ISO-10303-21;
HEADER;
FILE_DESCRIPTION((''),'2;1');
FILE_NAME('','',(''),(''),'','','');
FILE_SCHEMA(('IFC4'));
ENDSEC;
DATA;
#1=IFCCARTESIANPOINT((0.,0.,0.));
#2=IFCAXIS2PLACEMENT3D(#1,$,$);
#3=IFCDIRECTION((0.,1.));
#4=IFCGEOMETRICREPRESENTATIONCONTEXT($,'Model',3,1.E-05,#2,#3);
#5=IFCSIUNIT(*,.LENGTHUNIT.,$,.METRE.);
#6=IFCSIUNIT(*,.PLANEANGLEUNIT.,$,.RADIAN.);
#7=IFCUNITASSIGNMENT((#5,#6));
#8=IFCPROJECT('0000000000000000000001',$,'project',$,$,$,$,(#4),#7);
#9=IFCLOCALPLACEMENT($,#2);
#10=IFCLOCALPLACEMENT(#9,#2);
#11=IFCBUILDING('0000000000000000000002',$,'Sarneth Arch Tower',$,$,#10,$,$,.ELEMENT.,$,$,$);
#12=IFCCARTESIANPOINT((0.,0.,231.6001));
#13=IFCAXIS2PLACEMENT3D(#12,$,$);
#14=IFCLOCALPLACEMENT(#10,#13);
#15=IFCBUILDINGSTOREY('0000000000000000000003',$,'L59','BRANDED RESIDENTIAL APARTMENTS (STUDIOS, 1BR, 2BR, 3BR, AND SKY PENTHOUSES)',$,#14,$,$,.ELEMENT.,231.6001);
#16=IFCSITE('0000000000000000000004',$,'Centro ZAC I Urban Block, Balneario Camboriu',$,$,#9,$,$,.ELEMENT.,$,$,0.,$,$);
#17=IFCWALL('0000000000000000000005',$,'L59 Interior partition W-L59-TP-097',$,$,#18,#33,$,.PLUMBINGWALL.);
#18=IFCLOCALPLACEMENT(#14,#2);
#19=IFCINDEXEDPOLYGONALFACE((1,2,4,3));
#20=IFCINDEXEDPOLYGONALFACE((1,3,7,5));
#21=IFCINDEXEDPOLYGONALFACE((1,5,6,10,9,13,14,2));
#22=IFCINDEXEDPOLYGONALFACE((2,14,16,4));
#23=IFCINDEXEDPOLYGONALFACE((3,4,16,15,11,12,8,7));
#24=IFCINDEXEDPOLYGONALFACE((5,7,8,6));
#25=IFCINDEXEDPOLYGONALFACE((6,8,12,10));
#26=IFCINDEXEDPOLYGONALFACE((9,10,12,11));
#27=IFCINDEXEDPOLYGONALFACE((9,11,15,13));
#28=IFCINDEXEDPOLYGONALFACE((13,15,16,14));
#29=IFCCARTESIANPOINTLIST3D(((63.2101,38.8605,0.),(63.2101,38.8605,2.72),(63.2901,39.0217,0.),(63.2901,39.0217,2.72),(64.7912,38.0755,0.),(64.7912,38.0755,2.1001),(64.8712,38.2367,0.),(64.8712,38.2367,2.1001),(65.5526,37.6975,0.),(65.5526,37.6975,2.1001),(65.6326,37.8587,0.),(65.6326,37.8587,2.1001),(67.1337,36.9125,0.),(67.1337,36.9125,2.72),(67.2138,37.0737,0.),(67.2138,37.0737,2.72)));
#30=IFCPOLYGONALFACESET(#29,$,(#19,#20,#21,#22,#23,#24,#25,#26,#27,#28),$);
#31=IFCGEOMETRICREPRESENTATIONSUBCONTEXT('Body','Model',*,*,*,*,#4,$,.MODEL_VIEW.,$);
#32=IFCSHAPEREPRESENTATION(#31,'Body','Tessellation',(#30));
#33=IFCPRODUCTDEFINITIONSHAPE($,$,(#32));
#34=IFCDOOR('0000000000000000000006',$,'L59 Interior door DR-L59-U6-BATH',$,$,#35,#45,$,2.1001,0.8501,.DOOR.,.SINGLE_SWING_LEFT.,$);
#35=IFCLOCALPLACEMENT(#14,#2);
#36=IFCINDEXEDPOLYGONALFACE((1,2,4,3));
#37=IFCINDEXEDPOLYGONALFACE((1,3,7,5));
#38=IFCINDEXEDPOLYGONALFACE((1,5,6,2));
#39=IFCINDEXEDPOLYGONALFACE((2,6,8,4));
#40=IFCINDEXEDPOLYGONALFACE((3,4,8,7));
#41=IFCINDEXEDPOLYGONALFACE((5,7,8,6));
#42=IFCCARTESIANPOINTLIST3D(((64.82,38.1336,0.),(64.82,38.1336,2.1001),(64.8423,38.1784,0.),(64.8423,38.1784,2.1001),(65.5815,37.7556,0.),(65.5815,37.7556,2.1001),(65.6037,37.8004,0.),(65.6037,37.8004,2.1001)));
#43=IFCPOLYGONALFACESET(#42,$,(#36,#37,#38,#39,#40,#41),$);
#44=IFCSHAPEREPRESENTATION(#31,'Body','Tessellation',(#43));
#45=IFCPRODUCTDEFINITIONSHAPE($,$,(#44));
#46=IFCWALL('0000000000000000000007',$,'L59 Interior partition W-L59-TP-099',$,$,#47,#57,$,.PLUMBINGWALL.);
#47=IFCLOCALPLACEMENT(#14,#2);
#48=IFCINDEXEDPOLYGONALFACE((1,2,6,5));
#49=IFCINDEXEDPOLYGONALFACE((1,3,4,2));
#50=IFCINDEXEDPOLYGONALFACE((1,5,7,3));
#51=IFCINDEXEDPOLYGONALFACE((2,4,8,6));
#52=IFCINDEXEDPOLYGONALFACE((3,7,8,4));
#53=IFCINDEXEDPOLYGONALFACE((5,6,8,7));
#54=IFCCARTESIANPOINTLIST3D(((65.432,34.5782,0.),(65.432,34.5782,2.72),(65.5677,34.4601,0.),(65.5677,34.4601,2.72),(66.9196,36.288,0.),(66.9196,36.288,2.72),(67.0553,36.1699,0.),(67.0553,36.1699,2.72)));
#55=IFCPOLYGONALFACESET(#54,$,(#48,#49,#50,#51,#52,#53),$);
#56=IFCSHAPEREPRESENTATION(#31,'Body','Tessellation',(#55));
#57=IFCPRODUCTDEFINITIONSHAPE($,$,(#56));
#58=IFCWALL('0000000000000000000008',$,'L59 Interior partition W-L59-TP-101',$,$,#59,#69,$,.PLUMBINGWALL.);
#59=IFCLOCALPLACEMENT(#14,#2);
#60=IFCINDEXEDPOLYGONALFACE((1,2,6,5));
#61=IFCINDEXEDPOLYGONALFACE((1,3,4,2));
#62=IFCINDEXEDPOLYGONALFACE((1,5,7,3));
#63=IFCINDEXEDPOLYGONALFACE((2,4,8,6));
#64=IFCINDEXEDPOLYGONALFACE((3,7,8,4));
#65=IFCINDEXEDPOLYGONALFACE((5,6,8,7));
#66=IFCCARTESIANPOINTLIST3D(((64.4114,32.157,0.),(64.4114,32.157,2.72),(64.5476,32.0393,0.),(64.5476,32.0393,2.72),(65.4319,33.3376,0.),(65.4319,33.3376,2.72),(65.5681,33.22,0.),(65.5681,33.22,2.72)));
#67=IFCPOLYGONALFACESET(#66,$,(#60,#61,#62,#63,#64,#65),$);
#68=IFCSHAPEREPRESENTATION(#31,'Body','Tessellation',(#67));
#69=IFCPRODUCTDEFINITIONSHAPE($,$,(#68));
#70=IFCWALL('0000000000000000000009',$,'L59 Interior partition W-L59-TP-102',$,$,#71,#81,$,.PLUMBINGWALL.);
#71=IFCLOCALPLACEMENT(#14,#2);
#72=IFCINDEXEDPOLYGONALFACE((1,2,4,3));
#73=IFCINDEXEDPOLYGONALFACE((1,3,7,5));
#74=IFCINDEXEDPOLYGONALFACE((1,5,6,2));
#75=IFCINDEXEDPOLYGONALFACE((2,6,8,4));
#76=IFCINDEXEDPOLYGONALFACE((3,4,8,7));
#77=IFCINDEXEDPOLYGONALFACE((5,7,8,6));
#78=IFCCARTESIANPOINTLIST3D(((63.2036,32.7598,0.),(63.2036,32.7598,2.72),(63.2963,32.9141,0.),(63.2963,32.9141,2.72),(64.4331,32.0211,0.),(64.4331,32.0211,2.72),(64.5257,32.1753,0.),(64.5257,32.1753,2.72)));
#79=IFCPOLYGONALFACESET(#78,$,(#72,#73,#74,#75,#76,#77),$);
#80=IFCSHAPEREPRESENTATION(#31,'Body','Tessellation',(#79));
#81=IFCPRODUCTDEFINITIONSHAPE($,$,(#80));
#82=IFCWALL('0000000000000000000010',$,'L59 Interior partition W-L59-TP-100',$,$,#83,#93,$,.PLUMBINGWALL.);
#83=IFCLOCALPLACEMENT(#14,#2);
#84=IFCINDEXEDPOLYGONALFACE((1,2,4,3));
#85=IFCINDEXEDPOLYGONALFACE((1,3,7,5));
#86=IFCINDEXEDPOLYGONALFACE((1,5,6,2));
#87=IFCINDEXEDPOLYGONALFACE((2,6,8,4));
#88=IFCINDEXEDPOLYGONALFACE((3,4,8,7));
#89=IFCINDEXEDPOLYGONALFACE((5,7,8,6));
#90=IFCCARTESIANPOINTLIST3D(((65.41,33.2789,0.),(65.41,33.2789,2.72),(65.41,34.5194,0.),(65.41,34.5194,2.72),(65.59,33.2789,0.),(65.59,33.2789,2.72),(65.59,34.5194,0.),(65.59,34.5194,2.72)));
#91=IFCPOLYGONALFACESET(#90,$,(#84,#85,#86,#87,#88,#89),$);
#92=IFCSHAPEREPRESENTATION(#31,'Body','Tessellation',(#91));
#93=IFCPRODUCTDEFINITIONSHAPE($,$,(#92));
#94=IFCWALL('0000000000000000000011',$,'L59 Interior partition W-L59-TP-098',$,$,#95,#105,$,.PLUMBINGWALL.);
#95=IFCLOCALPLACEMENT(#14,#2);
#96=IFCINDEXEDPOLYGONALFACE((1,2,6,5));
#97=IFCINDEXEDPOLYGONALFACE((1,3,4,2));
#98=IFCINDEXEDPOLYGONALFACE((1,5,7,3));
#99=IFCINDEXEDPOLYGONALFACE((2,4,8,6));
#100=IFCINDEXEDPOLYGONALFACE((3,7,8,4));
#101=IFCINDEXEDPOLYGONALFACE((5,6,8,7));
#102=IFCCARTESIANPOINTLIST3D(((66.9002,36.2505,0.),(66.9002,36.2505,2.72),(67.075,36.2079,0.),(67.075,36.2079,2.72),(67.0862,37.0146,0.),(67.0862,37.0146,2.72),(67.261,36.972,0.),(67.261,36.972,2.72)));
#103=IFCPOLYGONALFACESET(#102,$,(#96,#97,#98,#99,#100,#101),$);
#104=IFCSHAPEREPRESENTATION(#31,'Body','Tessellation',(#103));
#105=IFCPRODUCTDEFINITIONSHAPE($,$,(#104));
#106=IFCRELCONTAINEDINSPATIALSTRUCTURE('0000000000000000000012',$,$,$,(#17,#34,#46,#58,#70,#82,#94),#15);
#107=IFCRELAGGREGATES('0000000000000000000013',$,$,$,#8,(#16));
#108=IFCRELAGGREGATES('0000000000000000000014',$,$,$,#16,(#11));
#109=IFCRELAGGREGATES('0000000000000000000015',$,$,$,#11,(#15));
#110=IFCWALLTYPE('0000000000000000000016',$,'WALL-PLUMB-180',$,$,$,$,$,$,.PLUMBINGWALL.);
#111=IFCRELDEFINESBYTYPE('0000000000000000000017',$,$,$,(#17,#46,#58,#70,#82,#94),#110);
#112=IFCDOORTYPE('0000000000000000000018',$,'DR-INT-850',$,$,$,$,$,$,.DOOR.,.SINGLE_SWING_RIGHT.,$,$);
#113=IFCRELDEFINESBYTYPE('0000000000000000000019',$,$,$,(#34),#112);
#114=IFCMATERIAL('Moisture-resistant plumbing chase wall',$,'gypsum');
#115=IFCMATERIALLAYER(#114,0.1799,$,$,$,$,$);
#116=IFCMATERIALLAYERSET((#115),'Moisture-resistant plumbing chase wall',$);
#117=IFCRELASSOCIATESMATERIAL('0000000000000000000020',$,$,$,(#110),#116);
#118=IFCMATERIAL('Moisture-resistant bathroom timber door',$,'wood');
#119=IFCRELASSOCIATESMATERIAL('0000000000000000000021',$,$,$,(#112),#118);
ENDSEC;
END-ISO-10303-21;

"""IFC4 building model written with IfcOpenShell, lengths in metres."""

from ifc_helpers import new_model, si_unit, direction, frame, frame_2d, origin, place, context, subcontext, project, spatial, rectangle, extrude, material, layer, layer_set, type_object, element, fill, save


model = new_model("IFC4")

# Units and contexts
model_context = context("Model", 3, precision=1e-05, world=origin(), true_north=direction((0.0, 1.0)))
body_context = subcontext(model_context, "Body", "Model", "MODEL_VIEW")
ifc_project = project(units=[si_unit("LENGTHUNIT", "METRE"), si_unit("PLANEANGLEUNIT", "RADIAN")], contexts=[model_context])

# Site, building, storey
site_placement = place(None, origin())
site = spatial("IfcSite", under=ifc_project, at=site_placement, Name="Centro ZAC I Urban Block, Balneario Camboriu", CompositionType="ELEMENT", RefElevation=0.0)
building_placement = place(site_placement, origin())
building = spatial("IfcBuilding", under=site, at=building_placement, Name="Sarneth Arch Tower", CompositionType="ELEMENT")
storey_placement = place(building_placement, frame((0.0, 0.0, 231.6001)))
storey = spatial("IfcBuildingStorey", under=building, at=storey_placement, Name="L59", Description="BRANDED RESIDENTIAL APARTMENTS (STUDIOS, 1BR, 2BR, 3BR, AND SKY PENTHOUSES)", CompositionType="ELEMENT", Elevation=231.6001)

# Wall, opening, door
ifc_material_1 = material(Name="Moisture-resistant plumbing chase wall", Category="gypsum")
ifc_layer_1 = layer(ifc_material_1, 0.1799)
ifc_layer_set_1 = layer_set([ifc_layer_1], Name="Moisture-resistant plumbing chase wall")
wall_type_1 = type_object("IfcWallType", Name="WALL-PLUMB-180", PredefinedType="PLUMBINGWALL", material=ifc_layer_set_1)
wall_1_placement = place(storey_placement, frame((63.25, 38.9412, 0.0), z_axis=(0.0, 0.0, 1.0), x_axis=(0.895683, -0.444693, 0.0)))
wall_1 = element("IfcWall", 1, at=wall_1_placement, inside=storey, type_object=wall_type_1, Name="L59 Interior partition W-L59-TP-097", PredefinedType="PLUMBINGWALL", context=body_context, shape_type="SweptSolid", body=[
    extrude(rectangle(XDim=4.3806, YDim=0.1799, at=frame_2d((2.1904, 0.0))), origin(), (0.0, 0.0, 1.0), 2.72),
])
opening_1_placement = place(wall_1_placement, frame((1.7654, 0.0, 0.0)))
opening_1 = element("IfcOpeningElement", 2, at=opening_1_placement, cuts=wall_1, PredefinedType="OPENING", context=body_context, shape_type="SweptSolid", body=[
    extrude(rectangle(XDim=0.8501, YDim=2.1001, at=frame_2d((0.425, 1.05))), frame((0.0, 0.0999, 0.0), z_axis=(0.0, -1.0, 0.0), x_axis=(1.0, 0.0, 0.0)), (0.0, 0.0, 1.0), 0.2),
])
ifc_material_2 = material(Name="Moisture-resistant bathroom timber door", Category="wood")
door_type_1 = type_object("IfcDoorType", Name="DR-INT-850", OperationType="SINGLE_SWING_RIGHT", PredefinedType="DOOR", material=ifc_material_2)
door_1_placement = place(opening_1_placement, origin())
door_1 = element("IfcDoor", 3, at=door_1_placement, inside=storey, type_object=door_type_1, Name="L59 Interior door DR-L59-U6-BATH", OperationType="SINGLE_SWING_LEFT", OverallHeight=2.1001, OverallWidth=0.8501, PredefinedType="DOOR", context=body_context, shape_type="SweptSolid", body=[
    extrude(rectangle(XDim=0.8501, YDim=2.1001, at=frame_2d((0.425, 1.05))), frame((0.0, 0.0249, 0.0), z_axis=(0.0, -1.0, 0.0), x_axis=(1.0, 0.0, 0.0)), (0.0, 0.0, 1.0), 0.05),
])
fill(opening_1, door_1)

# Walls
wall_2_placement = place(storey_placement, frame((66.9875, 36.229, 0.0), z_axis=(0.0, 0.0, 1.0), x_axis=(-0.656389, -0.754422, 0.0)))
element("IfcWall", 4, at=wall_2_placement, inside=storey, type_object=wall_type_1, Name="L59 Interior partition W-L59-TP-099", PredefinedType="PLUMBINGWALL", context=body_context, shape_type="SweptSolid", body=[
    extrude(rectangle(XDim=2.2664, YDim=0.1799, at=frame_2d((1.1333, 0.0))), origin(), (0.0, 0.0, 1.0), 2.72),
])
wall_3_placement = place(storey_placement, frame((65.5, 33.2788, 0.0), z_axis=(0.0, 0.0, 1.0), x_axis=(-0.653929, -0.756556, 0.0)))
element("IfcWall", 5, at=wall_3_placement, inside=storey, type_object=wall_type_1, Name="L59 Interior partition W-L59-TP-101", PredefinedType="PLUMBINGWALL", context=body_context, shape_type="SweptSolid", body=[
    extrude(rectangle(XDim=1.5605, YDim=0.1799, at=frame_2d((0.7803, 0.0))), origin(), (0.0, 0.0, 1.0), 2.72),
])
wall_4_placement = place(storey_placement, frame((64.4795, 32.0981, 0.0), z_axis=(0.0, 0.0, 1.0), x_axis=(-0.857162, 0.515046, 0.0)))
element("IfcWall", 6, at=wall_4_placement, inside=storey, type_object=wall_type_1, Name="L59 Interior partition W-L59-TP-102", PredefinedType="PLUMBINGWALL", context=body_context, shape_type="SweptSolid", body=[
    extrude(rectangle(XDim=1.4343, YDim=0.1799, at=frame_2d((0.7173, 0.0))), origin(), (0.0, 0.0, 1.0), 2.72),
])
wall_5_placement = place(storey_placement, frame((65.5, 34.5193, 0.0), z_axis=(0.0, 0.0, 1.0), x_axis=(0.0, -1.0, 0.0)))
element("IfcWall", 7, at=wall_5_placement, inside=storey, type_object=wall_type_1, Name="L59 Interior partition W-L59-TP-100", PredefinedType="PLUMBINGWALL", context=body_context, shape_type="SweptSolid", body=[
    extrude(rectangle(XDim=1.2405, YDim=0.1799, at=frame_2d((0.6201, 0.0))), origin(), (0.0, 0.0, 1.0), 2.72),
])
wall_6_placement = place(storey_placement, frame((67.1736, 36.9932, 0.0), z_axis=(0.0, 0.0, 1.0), x_axis=(-0.236542, -0.971621, 0.0)))
element("IfcWall", 8, at=wall_6_placement, inside=storey, type_object=wall_type_1, Name="L59 Interior partition W-L59-TP-098", PredefinedType="PLUMBINGWALL", context=body_context, shape_type="SweptSolid", body=[
    extrude(rectangle(XDim=0.7864, YDim=0.1799, at=frame_2d((0.3931, 0.0))), origin(), (0.0, 0.0, 1.0), 2.72),
])

save(model, "model.ifc")
